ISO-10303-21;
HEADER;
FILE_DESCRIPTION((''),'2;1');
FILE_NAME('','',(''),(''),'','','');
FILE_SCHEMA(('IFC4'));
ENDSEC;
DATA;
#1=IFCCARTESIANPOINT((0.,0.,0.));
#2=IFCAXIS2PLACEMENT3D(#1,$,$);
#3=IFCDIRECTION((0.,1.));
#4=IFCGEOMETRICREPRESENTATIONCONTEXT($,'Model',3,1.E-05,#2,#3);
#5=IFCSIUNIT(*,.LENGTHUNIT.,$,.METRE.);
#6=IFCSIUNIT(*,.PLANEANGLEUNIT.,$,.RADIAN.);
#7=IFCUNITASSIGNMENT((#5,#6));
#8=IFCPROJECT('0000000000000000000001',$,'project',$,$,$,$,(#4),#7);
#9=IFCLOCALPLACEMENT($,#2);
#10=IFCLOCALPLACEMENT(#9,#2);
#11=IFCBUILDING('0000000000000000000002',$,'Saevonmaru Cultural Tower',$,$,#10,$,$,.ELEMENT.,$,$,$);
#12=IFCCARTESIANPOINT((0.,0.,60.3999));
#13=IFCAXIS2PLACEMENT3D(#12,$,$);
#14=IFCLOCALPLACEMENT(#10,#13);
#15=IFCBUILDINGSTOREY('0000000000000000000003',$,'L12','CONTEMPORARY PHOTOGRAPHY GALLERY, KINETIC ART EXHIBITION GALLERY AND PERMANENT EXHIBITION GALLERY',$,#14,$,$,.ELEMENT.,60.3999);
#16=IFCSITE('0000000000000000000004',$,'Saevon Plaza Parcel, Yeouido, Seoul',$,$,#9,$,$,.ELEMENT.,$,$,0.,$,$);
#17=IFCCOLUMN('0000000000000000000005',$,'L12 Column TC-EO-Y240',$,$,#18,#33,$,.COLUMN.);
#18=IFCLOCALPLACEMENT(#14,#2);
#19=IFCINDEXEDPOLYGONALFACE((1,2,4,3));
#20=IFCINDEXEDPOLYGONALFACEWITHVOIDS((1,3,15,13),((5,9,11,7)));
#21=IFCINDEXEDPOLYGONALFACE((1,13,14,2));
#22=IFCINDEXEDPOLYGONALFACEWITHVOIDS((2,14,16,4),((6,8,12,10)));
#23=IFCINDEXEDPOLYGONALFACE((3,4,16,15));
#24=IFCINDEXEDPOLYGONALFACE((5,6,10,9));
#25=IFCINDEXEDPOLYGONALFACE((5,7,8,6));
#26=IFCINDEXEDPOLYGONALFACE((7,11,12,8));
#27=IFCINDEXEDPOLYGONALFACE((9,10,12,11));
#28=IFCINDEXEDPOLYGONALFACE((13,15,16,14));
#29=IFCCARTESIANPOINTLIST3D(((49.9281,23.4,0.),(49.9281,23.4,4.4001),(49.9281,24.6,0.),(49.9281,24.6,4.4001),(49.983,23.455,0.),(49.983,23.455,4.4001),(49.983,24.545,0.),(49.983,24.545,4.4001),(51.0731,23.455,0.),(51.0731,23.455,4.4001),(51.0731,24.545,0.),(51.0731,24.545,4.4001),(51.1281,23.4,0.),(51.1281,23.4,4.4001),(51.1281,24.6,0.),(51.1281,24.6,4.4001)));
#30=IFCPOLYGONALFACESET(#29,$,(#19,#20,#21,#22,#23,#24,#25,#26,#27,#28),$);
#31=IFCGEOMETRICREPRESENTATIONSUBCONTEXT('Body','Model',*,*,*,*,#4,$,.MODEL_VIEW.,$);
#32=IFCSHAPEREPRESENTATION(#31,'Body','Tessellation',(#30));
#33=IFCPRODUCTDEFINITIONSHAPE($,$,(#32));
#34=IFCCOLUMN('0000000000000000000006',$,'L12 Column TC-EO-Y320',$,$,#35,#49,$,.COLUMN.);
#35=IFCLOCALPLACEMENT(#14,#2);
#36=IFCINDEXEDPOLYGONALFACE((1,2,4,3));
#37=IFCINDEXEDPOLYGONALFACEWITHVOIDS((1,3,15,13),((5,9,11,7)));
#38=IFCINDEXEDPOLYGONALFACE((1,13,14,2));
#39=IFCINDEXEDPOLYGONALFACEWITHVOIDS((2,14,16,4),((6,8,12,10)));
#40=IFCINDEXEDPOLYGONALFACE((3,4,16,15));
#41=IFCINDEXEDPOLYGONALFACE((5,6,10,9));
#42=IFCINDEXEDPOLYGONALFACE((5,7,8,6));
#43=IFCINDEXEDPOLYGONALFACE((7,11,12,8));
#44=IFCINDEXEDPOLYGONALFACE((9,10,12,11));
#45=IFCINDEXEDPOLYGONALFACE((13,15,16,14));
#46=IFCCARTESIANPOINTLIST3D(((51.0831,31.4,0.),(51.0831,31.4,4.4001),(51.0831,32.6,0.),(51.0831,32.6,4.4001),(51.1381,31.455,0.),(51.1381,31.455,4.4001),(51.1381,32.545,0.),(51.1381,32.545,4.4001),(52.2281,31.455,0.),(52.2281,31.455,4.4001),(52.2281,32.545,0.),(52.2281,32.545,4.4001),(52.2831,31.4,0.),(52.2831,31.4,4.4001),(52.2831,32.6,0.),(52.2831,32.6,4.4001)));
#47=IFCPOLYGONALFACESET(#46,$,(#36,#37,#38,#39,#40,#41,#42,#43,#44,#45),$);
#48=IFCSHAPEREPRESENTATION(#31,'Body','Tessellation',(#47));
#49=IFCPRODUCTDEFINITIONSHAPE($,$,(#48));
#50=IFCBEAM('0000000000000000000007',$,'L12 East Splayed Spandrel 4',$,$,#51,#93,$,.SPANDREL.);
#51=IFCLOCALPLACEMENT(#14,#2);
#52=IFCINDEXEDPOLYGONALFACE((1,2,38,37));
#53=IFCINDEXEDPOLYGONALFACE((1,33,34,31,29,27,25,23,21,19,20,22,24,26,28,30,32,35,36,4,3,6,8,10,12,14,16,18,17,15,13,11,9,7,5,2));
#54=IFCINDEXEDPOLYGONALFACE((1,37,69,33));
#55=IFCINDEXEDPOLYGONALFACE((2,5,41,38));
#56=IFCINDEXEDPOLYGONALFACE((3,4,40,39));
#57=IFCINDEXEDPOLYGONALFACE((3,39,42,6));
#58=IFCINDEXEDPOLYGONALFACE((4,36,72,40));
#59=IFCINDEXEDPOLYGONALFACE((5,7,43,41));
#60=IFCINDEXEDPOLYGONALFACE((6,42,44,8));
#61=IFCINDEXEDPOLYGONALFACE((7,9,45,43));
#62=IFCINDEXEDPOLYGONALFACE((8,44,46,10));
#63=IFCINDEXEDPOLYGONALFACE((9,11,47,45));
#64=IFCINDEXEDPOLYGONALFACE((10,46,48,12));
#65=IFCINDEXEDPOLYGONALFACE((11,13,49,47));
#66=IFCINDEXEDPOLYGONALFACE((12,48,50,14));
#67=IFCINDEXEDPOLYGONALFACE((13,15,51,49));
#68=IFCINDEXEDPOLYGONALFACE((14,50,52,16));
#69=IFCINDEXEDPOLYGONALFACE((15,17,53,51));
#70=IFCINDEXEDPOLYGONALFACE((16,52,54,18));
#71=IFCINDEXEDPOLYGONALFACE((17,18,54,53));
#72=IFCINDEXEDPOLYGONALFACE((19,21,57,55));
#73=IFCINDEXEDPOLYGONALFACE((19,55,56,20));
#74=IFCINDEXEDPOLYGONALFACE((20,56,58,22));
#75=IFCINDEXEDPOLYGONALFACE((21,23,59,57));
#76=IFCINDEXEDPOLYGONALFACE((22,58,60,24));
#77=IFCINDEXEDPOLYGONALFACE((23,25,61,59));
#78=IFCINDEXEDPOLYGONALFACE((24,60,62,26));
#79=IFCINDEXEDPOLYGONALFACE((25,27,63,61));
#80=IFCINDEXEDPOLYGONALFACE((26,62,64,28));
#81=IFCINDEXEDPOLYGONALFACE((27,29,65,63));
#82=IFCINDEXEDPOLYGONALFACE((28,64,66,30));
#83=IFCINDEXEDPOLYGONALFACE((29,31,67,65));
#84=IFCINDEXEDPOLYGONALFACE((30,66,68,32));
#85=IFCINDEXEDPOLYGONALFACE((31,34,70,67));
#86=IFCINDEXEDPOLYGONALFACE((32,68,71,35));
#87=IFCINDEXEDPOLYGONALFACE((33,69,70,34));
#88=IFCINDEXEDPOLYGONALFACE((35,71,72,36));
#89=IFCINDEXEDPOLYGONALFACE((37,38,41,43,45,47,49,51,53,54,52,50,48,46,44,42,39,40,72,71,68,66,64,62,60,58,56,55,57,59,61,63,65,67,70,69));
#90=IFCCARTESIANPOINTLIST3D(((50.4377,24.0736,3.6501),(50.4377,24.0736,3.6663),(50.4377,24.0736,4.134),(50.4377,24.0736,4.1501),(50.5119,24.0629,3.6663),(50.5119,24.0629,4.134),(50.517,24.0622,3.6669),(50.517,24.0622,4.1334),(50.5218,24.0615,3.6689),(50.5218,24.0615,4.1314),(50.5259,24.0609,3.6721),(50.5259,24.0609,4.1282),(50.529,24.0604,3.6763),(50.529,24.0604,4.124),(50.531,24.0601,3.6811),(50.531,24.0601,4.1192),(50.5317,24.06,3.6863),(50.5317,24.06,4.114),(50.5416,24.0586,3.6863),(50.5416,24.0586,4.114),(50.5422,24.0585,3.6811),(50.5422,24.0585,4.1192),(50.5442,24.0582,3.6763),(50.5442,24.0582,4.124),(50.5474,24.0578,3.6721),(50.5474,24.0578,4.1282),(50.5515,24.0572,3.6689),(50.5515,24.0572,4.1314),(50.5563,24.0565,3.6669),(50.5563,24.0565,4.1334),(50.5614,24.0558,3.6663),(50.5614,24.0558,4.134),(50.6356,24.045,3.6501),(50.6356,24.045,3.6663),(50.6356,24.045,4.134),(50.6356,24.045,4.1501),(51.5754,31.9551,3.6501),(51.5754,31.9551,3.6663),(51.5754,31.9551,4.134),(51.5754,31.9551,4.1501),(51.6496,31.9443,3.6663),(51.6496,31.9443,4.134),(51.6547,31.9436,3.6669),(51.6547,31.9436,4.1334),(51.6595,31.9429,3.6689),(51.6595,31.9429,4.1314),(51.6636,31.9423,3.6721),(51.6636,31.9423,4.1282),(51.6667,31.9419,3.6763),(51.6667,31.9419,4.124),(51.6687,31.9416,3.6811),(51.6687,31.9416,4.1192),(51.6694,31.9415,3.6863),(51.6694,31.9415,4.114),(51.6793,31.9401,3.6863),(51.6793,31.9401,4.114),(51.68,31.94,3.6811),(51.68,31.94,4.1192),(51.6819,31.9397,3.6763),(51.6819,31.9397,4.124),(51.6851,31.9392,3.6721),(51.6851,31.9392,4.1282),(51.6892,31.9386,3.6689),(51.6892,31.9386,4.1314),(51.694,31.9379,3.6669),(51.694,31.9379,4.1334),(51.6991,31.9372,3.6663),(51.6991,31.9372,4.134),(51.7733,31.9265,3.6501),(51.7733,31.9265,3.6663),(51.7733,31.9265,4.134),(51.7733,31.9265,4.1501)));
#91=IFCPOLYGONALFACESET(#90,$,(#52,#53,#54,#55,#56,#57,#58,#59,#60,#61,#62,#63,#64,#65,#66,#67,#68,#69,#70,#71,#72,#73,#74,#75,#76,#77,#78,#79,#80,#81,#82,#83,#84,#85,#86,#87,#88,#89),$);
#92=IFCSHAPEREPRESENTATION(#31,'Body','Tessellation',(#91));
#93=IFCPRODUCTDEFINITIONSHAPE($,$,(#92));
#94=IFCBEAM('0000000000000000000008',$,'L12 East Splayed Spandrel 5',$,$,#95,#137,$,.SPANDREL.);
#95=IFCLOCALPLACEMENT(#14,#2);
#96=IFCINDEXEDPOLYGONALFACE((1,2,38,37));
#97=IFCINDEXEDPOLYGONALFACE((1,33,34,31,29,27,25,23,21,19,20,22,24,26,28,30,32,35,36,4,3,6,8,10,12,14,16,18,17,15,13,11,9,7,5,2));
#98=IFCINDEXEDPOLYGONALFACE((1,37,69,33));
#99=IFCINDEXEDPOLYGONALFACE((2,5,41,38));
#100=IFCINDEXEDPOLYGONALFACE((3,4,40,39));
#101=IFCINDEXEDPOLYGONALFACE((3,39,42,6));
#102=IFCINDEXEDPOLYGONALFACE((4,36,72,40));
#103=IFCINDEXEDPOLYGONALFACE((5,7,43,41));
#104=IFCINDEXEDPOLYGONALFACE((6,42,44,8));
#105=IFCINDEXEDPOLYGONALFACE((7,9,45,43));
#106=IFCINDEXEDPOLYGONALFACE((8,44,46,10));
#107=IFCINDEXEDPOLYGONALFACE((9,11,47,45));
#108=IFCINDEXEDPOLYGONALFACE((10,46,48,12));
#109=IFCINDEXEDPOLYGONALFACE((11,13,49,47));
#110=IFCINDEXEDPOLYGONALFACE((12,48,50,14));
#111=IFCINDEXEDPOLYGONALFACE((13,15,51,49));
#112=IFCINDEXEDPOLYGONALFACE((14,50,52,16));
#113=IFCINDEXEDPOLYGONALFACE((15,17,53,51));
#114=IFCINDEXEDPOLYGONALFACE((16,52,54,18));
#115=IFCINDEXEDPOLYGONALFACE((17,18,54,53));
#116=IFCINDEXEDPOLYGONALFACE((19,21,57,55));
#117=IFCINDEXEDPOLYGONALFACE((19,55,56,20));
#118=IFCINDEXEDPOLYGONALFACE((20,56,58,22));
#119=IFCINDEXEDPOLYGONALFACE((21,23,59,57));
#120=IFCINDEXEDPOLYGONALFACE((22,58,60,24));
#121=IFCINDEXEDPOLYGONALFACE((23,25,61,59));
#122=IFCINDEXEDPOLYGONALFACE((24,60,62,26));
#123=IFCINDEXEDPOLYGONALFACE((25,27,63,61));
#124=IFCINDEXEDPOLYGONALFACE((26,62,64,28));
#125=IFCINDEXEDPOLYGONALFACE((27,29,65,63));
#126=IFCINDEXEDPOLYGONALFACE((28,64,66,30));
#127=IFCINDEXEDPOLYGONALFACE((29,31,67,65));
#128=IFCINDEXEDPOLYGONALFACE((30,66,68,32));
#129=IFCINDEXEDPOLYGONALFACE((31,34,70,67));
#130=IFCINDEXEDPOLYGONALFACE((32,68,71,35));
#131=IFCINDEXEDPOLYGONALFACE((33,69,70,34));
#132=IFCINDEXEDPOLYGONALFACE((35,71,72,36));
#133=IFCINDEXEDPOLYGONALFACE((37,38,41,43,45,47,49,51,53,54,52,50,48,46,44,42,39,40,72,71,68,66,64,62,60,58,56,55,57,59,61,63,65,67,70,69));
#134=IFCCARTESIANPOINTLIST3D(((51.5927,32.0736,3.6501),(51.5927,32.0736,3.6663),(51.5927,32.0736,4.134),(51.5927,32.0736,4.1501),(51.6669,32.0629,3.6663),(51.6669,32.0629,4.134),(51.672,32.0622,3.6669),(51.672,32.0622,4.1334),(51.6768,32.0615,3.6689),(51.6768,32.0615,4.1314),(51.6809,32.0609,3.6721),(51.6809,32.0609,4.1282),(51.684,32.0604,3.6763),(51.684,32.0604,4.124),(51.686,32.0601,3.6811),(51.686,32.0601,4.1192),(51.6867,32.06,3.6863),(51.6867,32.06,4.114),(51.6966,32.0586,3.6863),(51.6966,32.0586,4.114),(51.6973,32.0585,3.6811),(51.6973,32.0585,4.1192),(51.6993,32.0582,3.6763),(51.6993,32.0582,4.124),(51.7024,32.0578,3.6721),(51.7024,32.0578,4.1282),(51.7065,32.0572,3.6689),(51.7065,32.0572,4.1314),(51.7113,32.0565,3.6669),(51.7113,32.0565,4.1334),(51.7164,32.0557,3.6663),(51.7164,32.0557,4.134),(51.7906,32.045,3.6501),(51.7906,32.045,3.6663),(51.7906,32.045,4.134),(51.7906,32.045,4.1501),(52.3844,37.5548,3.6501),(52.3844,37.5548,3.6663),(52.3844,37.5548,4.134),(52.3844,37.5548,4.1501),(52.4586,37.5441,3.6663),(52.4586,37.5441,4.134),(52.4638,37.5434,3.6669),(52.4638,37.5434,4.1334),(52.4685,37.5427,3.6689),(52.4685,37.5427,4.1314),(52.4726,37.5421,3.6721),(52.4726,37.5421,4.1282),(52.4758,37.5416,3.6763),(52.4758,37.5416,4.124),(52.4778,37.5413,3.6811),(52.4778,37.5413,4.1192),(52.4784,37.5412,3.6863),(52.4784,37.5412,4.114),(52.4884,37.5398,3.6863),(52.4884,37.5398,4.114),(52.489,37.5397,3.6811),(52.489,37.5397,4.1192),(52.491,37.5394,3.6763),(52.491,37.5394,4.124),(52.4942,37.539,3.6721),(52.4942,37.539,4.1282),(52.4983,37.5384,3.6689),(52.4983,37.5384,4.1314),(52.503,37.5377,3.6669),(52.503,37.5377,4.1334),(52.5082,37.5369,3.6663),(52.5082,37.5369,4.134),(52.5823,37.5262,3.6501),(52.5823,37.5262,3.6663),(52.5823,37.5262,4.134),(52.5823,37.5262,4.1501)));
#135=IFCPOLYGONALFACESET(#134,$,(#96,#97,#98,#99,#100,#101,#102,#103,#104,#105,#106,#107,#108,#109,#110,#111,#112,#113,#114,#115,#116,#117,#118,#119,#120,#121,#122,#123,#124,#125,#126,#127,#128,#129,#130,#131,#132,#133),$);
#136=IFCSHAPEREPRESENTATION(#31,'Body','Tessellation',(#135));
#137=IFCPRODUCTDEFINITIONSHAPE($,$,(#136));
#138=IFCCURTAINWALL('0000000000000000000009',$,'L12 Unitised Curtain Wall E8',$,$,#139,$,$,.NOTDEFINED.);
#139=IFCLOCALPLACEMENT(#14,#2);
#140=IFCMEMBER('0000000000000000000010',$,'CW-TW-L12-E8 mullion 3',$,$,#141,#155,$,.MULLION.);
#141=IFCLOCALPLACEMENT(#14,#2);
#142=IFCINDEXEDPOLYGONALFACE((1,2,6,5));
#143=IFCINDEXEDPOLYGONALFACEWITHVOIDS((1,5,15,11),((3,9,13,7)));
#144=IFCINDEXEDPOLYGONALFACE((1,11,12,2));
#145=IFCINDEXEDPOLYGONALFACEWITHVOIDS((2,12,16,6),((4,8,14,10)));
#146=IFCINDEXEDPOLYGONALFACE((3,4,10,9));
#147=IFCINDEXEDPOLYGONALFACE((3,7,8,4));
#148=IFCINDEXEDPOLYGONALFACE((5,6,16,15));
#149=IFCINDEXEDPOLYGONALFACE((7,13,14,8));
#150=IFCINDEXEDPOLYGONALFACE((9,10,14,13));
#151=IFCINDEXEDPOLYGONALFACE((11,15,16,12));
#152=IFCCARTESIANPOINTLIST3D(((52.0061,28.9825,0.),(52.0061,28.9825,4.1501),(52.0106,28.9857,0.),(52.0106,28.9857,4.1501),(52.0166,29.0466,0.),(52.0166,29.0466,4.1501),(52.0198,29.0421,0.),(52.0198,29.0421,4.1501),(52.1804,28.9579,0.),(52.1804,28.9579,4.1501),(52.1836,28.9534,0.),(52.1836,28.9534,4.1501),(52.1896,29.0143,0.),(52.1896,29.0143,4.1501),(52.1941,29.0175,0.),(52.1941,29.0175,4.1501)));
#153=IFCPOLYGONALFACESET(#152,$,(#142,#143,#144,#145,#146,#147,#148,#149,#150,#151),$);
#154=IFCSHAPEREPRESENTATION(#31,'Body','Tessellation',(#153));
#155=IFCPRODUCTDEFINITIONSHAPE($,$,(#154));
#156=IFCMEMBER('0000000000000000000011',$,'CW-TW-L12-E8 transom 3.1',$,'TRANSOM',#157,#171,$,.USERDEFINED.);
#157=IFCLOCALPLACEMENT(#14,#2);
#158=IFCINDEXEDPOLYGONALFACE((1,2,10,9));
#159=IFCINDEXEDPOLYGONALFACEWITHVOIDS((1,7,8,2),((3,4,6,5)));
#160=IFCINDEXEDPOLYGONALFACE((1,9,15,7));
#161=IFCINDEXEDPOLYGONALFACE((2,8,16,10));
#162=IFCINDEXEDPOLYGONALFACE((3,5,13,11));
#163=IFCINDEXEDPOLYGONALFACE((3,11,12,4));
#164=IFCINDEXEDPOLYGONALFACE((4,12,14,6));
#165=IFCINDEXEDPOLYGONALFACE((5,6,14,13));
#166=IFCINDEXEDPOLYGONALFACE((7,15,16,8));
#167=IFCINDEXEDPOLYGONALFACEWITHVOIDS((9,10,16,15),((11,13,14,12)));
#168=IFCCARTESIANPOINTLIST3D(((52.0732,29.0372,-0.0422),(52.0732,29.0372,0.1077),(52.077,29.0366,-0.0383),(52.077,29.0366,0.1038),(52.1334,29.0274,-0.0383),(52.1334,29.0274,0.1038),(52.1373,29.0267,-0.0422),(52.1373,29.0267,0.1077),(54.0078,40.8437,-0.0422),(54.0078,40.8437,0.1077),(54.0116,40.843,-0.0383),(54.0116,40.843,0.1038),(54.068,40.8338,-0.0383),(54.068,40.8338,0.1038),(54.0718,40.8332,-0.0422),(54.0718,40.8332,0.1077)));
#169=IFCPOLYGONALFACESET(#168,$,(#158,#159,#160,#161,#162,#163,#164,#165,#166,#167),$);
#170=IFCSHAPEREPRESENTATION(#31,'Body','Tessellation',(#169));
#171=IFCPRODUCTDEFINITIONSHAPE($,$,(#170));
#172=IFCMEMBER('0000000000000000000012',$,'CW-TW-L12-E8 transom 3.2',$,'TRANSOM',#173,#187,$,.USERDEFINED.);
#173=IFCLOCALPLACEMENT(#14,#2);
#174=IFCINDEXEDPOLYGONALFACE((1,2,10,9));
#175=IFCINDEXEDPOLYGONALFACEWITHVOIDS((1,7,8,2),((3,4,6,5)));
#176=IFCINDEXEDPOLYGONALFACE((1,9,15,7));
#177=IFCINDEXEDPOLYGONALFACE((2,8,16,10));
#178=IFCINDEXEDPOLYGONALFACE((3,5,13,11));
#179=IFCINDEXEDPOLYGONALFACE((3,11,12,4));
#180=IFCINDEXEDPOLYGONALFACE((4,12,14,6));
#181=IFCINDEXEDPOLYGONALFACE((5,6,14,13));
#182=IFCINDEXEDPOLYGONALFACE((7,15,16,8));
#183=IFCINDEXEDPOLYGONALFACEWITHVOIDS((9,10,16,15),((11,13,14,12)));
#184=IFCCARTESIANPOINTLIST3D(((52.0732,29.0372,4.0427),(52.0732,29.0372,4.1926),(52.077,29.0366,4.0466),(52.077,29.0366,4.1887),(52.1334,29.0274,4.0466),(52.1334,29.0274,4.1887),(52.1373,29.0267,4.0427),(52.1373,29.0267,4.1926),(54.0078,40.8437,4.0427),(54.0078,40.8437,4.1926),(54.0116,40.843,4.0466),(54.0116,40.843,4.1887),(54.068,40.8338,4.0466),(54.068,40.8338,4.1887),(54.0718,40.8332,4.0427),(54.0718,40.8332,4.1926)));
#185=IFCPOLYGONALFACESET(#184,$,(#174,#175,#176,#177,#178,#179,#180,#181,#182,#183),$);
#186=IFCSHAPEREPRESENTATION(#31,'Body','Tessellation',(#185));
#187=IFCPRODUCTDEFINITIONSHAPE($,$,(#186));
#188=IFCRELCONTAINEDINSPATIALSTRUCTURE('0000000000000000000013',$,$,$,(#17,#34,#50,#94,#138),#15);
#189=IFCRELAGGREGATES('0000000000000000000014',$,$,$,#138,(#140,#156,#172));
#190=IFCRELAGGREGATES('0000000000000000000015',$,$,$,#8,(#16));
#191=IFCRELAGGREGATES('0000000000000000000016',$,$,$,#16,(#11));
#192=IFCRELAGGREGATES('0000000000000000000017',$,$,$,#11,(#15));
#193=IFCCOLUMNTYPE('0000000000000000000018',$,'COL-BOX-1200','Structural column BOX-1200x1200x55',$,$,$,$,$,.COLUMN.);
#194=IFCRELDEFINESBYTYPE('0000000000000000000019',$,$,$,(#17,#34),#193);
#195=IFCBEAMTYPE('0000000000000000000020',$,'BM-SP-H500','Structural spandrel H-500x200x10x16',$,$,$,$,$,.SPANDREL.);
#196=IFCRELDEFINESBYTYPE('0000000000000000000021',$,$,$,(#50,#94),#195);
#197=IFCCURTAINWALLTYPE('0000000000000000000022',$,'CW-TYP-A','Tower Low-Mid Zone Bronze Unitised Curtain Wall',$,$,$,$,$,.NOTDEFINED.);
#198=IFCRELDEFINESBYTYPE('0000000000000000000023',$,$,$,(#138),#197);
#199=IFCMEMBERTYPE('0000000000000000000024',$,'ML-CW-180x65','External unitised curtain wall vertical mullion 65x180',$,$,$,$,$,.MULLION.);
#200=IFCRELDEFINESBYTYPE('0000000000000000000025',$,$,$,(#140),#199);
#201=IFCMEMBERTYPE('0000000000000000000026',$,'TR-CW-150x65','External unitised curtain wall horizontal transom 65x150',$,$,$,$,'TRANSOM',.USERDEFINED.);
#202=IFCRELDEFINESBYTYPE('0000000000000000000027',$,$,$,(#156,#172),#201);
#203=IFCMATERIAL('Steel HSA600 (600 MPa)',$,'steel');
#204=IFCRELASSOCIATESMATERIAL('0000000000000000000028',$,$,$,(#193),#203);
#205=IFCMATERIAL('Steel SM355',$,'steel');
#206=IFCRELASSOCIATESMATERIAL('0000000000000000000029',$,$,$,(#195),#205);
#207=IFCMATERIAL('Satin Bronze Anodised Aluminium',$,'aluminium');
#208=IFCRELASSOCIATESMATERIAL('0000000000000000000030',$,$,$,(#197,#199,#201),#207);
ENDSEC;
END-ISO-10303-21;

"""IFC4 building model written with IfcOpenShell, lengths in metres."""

from ifc_helpers import new_model, si_unit, direction, frame, origin, origin_2d, place, context, subcontext, project, spatial, hollow_rectangle, i_section, extrude, material, material_profile, profile_set, type_object, element, aggregate, save


model = new_model("IFC4")

# Units and contexts
model_context = context("Model", 3, precision=1e-05, world=origin(), true_north=direction((0.0, 1.0)))
body_context = subcontext(model_context, "Body", "Model", "MODEL_VIEW")
ifc_project = project(units=[si_unit("LENGTHUNIT", "METRE"), si_unit("PLANEANGLEUNIT", "RADIAN")], contexts=[model_context])

# Site, building, storey
site_placement = place(None, origin())
site = spatial("IfcSite", under=ifc_project, at=site_placement, Name="Saevon Plaza Parcel, Yeouido, Seoul", CompositionType="ELEMENT", RefElevation=0.0)
building_placement = place(site_placement, origin())
building = spatial("IfcBuilding", under=site, at=building_placement, Name="Saevonmaru Cultural Tower", CompositionType="ELEMENT")
storey_placement = place(building_placement, frame((0.0, 0.0, 60.3999)))
storey = spatial("IfcBuildingStorey", under=building, at=storey_placement, Name="L12", Description="CONTEMPORARY PHOTOGRAPHY GALLERY, KINETIC ART EXHIBITION GALLERY AND PERMANENT EXHIBITION GALLERY", CompositionType="ELEMENT", Elevation=60.3999)

# Columns
ifc_material_1 = material(Name="Steel HSA600 (600 MPa)", Category="steel")
ifc_material_profile_1 = material_profile(ifc_material_1, hollow_rectangle(XDim=1.2, YDim=1.2, WallThickness=0.0549, at=origin_2d()), Name="BOX-1200x1200x55")
ifc_profile_set_1 = profile_set([ifc_material_profile_1], Name="Steel HSA600 (600 MPa)")
column_type = type_object("IfcColumnType", Name="COL-BOX-1200", Description="Structural column BOX-1200x1200x55", PredefinedType="COLUMN", material=ifc_profile_set_1)
for number, where, z_axis, x_axis, name in (
    (1, (50.5281, 24.0, 0.0), (0.0, 0.0, 1.0), (1.0, 0.0, 0.0), "L12 Column TC-EO-Y240"),
    (2, (51.6831, 32.0, 0.0), (0.0, 0.0, 1.0), (1.0, 0.0, 0.0), "L12 Column TC-EO-Y320"),
):
    element("IfcColumn", number, at=place(storey_placement, frame(where, z_axis=z_axis, x_axis=x_axis)), inside=storey, type_object=column_type, Name=name, PredefinedType="COLUMN", context=body_context, shape_type="SweptSolid", body=[
        extrude(hollow_rectangle(XDim=1.2, YDim=1.2, WallThickness=0.0549, at=origin_2d()), origin(), (0.0, 0.0, 1.0), 4.4001),
    ])

# Beams
ifc_material_2 = material(Name="Steel SM355", Category="steel")
ifc_material_profile_2 = material_profile(ifc_material_2, i_section(OverallWidth=0.2, OverallDepth=0.5, WebThickness=0.01, FlangeThickness=0.0161, FilletRadius=0.02, at=origin_2d()), Name="H-500x200x10x16")
ifc_profile_set_2 = profile_set([ifc_material_profile_2], Name="Steel SM355")
beam_type = type_object("IfcBeamType", Name="BM-SP-H500", Description="Structural spandrel H-500x200x10x16", PredefinedType="SPANDREL", material=ifc_profile_set_2)
beam_1_placement = place(storey_placement, frame((50.5366, 24.0593, 3.9001), z_axis=(0.142872, 0.989741, 0.0), x_axis=(-0.989741, 0.142872, 0.0)))
element("IfcBeam", 3, at=beam_1_placement, inside=storey, type_object=beam_type, Name="L12 East Splayed Spandrel 4", PredefinedType="SPANDREL", context=body_context, shape_type="SweptSolid", body=[
    extrude(i_section(OverallWidth=0.2, OverallDepth=0.5, WebThickness=0.01, FlangeThickness=0.0161, FilletRadius=0.02, at=origin_2d()), origin(), (0.0, 0.0, 1.0), 7.9631),
])
beam_2_placement = place(storey_placement, frame((51.6917, 32.0593, 3.9001), z_axis=(0.142964, 0.989728, 0.0), x_axis=(-0.989728, 0.142964, 0.0)))
element("IfcBeam", 4, at=beam_2_placement, inside=storey, type_object=beam_type, Name="L12 East Splayed Spandrel 5", PredefinedType="SPANDREL", context=body_context, shape_type="SweptSolid", body=[
    extrude(i_section(OverallWidth=0.2, OverallDepth=0.5, WebThickness=0.01, FlangeThickness=0.0161, FilletRadius=0.02, at=origin_2d()), origin(), (0.0, 0.0, 1.0), 5.5381),
])

# Curtain wall, members
ifc_material_3 = material(Name="Satin Bronze Anodised Aluminium", Category="aluminium")
curtain_wall_type = type_object("IfcCurtainWallType", Name="CW-TYP-A", Description="Tower Low-Mid Zone Bronze Unitised Curtain Wall", PredefinedType="NOTDEFINED", material=ifc_material_3)
curtain_wall_placement = place(storey_placement, origin())
curtain_wall = element("IfcCurtainWall", 5, at=curtain_wall_placement, inside=storey, type_object=curtain_wall_type, Name="L12 Unitised Curtain Wall E8", PredefinedType="NOTDEFINED")
ifc_material_profile_3 = material_profile(ifc_material_3, hollow_rectangle(XDim=0.0649, YDim=0.1799, WallThickness=0.0039, at=origin_2d()), Name="ALU-MULL-180x65x4")
ifc_profile_set_3 = profile_set([ifc_material_profile_3], Name="Satin Bronze Anodised Aluminium")
member_type_1 = type_object("IfcMemberType", Name="ML-CW-180x65", Description="External unitised curtain wall vertical mullion 65x180", PredefinedType="MULLION", material=ifc_profile_set_3)
member_1_placement = place(storey_placement, frame((52.1001, 29.0, 0.0), z_axis=(0.0, 0.0, 1.0), x_axis=(0.161709, 0.986839, 0.0)))
member_1 = element("IfcMember", 6, at=member_1_placement, type_object=member_type_1, Name="CW-TW-L12-E8 mullion 3", PredefinedType="MULLION", context=body_context, shape_type="SweptSolid", body=[
    extrude(hollow_rectangle(XDim=0.0649, YDim=0.1799, WallThickness=0.0039, at=origin_2d()), origin(), (0.0, 0.0, 1.0), 4.1501),
])
ifc_material_profile_4 = material_profile(ifc_material_3, hollow_rectangle(XDim=0.0649, YDim=0.1499, WallThickness=0.0039, at=origin_2d()), Name="ALU-TRAN-150x65x4")
ifc_profile_set_4 = profile_set([ifc_material_profile_4], Name="Satin Bronze Anodised Aluminium")
member_type_2 = type_object("IfcMemberType", Name="TR-CW-150x65", Description="External unitised curtain wall horizontal transom 65x150", ElementType="TRANSOM", PredefinedType="USERDEFINED", material=ifc_profile_set_4)
member_2_placement = place(storey_placement, frame((52.1052, 29.032, 0.0327), z_axis=(0.161701, 0.98684, 0.0), x_axis=(-0.98684, 0.161701, 0.0)))
member_2 = element("IfcMember", 7, at=member_2_placement, type_object=member_type_2, Name="CW-TW-L12-E8 transom 3.1", ObjectType="TRANSOM", PredefinedType="USERDEFINED", context=body_context, shape_type="SweptSolid", body=[
    extrude(hollow_rectangle(XDim=0.0649, YDim=0.1499, WallThickness=0.0039, at=origin_2d()), origin(), (0.0, 0.0, 1.0), 11.9639),
])
member_3_placement = place(storey_placement, frame((52.1052, 29.032, 4.1177), z_axis=(0.161701, 0.98684, 0.0), x_axis=(-0.98684, 0.161701, 0.0)))
member_3 = element("IfcMember", 8, at=member_3_placement, type_object=member_type_2, Name="CW-TW-L12-E8 transom 3.2", ObjectType="TRANSOM", PredefinedType="USERDEFINED", context=body_context, shape_type="SweptSolid", body=[
    extrude(hollow_rectangle(XDim=0.0649, YDim=0.1499, WallThickness=0.0039, at=origin_2d()), origin(), (0.0, 0.0, 1.0), 11.9639),
])
aggregate(curtain_wall, [member_1, member_2, member_3])

save(model, "model.ifc")
